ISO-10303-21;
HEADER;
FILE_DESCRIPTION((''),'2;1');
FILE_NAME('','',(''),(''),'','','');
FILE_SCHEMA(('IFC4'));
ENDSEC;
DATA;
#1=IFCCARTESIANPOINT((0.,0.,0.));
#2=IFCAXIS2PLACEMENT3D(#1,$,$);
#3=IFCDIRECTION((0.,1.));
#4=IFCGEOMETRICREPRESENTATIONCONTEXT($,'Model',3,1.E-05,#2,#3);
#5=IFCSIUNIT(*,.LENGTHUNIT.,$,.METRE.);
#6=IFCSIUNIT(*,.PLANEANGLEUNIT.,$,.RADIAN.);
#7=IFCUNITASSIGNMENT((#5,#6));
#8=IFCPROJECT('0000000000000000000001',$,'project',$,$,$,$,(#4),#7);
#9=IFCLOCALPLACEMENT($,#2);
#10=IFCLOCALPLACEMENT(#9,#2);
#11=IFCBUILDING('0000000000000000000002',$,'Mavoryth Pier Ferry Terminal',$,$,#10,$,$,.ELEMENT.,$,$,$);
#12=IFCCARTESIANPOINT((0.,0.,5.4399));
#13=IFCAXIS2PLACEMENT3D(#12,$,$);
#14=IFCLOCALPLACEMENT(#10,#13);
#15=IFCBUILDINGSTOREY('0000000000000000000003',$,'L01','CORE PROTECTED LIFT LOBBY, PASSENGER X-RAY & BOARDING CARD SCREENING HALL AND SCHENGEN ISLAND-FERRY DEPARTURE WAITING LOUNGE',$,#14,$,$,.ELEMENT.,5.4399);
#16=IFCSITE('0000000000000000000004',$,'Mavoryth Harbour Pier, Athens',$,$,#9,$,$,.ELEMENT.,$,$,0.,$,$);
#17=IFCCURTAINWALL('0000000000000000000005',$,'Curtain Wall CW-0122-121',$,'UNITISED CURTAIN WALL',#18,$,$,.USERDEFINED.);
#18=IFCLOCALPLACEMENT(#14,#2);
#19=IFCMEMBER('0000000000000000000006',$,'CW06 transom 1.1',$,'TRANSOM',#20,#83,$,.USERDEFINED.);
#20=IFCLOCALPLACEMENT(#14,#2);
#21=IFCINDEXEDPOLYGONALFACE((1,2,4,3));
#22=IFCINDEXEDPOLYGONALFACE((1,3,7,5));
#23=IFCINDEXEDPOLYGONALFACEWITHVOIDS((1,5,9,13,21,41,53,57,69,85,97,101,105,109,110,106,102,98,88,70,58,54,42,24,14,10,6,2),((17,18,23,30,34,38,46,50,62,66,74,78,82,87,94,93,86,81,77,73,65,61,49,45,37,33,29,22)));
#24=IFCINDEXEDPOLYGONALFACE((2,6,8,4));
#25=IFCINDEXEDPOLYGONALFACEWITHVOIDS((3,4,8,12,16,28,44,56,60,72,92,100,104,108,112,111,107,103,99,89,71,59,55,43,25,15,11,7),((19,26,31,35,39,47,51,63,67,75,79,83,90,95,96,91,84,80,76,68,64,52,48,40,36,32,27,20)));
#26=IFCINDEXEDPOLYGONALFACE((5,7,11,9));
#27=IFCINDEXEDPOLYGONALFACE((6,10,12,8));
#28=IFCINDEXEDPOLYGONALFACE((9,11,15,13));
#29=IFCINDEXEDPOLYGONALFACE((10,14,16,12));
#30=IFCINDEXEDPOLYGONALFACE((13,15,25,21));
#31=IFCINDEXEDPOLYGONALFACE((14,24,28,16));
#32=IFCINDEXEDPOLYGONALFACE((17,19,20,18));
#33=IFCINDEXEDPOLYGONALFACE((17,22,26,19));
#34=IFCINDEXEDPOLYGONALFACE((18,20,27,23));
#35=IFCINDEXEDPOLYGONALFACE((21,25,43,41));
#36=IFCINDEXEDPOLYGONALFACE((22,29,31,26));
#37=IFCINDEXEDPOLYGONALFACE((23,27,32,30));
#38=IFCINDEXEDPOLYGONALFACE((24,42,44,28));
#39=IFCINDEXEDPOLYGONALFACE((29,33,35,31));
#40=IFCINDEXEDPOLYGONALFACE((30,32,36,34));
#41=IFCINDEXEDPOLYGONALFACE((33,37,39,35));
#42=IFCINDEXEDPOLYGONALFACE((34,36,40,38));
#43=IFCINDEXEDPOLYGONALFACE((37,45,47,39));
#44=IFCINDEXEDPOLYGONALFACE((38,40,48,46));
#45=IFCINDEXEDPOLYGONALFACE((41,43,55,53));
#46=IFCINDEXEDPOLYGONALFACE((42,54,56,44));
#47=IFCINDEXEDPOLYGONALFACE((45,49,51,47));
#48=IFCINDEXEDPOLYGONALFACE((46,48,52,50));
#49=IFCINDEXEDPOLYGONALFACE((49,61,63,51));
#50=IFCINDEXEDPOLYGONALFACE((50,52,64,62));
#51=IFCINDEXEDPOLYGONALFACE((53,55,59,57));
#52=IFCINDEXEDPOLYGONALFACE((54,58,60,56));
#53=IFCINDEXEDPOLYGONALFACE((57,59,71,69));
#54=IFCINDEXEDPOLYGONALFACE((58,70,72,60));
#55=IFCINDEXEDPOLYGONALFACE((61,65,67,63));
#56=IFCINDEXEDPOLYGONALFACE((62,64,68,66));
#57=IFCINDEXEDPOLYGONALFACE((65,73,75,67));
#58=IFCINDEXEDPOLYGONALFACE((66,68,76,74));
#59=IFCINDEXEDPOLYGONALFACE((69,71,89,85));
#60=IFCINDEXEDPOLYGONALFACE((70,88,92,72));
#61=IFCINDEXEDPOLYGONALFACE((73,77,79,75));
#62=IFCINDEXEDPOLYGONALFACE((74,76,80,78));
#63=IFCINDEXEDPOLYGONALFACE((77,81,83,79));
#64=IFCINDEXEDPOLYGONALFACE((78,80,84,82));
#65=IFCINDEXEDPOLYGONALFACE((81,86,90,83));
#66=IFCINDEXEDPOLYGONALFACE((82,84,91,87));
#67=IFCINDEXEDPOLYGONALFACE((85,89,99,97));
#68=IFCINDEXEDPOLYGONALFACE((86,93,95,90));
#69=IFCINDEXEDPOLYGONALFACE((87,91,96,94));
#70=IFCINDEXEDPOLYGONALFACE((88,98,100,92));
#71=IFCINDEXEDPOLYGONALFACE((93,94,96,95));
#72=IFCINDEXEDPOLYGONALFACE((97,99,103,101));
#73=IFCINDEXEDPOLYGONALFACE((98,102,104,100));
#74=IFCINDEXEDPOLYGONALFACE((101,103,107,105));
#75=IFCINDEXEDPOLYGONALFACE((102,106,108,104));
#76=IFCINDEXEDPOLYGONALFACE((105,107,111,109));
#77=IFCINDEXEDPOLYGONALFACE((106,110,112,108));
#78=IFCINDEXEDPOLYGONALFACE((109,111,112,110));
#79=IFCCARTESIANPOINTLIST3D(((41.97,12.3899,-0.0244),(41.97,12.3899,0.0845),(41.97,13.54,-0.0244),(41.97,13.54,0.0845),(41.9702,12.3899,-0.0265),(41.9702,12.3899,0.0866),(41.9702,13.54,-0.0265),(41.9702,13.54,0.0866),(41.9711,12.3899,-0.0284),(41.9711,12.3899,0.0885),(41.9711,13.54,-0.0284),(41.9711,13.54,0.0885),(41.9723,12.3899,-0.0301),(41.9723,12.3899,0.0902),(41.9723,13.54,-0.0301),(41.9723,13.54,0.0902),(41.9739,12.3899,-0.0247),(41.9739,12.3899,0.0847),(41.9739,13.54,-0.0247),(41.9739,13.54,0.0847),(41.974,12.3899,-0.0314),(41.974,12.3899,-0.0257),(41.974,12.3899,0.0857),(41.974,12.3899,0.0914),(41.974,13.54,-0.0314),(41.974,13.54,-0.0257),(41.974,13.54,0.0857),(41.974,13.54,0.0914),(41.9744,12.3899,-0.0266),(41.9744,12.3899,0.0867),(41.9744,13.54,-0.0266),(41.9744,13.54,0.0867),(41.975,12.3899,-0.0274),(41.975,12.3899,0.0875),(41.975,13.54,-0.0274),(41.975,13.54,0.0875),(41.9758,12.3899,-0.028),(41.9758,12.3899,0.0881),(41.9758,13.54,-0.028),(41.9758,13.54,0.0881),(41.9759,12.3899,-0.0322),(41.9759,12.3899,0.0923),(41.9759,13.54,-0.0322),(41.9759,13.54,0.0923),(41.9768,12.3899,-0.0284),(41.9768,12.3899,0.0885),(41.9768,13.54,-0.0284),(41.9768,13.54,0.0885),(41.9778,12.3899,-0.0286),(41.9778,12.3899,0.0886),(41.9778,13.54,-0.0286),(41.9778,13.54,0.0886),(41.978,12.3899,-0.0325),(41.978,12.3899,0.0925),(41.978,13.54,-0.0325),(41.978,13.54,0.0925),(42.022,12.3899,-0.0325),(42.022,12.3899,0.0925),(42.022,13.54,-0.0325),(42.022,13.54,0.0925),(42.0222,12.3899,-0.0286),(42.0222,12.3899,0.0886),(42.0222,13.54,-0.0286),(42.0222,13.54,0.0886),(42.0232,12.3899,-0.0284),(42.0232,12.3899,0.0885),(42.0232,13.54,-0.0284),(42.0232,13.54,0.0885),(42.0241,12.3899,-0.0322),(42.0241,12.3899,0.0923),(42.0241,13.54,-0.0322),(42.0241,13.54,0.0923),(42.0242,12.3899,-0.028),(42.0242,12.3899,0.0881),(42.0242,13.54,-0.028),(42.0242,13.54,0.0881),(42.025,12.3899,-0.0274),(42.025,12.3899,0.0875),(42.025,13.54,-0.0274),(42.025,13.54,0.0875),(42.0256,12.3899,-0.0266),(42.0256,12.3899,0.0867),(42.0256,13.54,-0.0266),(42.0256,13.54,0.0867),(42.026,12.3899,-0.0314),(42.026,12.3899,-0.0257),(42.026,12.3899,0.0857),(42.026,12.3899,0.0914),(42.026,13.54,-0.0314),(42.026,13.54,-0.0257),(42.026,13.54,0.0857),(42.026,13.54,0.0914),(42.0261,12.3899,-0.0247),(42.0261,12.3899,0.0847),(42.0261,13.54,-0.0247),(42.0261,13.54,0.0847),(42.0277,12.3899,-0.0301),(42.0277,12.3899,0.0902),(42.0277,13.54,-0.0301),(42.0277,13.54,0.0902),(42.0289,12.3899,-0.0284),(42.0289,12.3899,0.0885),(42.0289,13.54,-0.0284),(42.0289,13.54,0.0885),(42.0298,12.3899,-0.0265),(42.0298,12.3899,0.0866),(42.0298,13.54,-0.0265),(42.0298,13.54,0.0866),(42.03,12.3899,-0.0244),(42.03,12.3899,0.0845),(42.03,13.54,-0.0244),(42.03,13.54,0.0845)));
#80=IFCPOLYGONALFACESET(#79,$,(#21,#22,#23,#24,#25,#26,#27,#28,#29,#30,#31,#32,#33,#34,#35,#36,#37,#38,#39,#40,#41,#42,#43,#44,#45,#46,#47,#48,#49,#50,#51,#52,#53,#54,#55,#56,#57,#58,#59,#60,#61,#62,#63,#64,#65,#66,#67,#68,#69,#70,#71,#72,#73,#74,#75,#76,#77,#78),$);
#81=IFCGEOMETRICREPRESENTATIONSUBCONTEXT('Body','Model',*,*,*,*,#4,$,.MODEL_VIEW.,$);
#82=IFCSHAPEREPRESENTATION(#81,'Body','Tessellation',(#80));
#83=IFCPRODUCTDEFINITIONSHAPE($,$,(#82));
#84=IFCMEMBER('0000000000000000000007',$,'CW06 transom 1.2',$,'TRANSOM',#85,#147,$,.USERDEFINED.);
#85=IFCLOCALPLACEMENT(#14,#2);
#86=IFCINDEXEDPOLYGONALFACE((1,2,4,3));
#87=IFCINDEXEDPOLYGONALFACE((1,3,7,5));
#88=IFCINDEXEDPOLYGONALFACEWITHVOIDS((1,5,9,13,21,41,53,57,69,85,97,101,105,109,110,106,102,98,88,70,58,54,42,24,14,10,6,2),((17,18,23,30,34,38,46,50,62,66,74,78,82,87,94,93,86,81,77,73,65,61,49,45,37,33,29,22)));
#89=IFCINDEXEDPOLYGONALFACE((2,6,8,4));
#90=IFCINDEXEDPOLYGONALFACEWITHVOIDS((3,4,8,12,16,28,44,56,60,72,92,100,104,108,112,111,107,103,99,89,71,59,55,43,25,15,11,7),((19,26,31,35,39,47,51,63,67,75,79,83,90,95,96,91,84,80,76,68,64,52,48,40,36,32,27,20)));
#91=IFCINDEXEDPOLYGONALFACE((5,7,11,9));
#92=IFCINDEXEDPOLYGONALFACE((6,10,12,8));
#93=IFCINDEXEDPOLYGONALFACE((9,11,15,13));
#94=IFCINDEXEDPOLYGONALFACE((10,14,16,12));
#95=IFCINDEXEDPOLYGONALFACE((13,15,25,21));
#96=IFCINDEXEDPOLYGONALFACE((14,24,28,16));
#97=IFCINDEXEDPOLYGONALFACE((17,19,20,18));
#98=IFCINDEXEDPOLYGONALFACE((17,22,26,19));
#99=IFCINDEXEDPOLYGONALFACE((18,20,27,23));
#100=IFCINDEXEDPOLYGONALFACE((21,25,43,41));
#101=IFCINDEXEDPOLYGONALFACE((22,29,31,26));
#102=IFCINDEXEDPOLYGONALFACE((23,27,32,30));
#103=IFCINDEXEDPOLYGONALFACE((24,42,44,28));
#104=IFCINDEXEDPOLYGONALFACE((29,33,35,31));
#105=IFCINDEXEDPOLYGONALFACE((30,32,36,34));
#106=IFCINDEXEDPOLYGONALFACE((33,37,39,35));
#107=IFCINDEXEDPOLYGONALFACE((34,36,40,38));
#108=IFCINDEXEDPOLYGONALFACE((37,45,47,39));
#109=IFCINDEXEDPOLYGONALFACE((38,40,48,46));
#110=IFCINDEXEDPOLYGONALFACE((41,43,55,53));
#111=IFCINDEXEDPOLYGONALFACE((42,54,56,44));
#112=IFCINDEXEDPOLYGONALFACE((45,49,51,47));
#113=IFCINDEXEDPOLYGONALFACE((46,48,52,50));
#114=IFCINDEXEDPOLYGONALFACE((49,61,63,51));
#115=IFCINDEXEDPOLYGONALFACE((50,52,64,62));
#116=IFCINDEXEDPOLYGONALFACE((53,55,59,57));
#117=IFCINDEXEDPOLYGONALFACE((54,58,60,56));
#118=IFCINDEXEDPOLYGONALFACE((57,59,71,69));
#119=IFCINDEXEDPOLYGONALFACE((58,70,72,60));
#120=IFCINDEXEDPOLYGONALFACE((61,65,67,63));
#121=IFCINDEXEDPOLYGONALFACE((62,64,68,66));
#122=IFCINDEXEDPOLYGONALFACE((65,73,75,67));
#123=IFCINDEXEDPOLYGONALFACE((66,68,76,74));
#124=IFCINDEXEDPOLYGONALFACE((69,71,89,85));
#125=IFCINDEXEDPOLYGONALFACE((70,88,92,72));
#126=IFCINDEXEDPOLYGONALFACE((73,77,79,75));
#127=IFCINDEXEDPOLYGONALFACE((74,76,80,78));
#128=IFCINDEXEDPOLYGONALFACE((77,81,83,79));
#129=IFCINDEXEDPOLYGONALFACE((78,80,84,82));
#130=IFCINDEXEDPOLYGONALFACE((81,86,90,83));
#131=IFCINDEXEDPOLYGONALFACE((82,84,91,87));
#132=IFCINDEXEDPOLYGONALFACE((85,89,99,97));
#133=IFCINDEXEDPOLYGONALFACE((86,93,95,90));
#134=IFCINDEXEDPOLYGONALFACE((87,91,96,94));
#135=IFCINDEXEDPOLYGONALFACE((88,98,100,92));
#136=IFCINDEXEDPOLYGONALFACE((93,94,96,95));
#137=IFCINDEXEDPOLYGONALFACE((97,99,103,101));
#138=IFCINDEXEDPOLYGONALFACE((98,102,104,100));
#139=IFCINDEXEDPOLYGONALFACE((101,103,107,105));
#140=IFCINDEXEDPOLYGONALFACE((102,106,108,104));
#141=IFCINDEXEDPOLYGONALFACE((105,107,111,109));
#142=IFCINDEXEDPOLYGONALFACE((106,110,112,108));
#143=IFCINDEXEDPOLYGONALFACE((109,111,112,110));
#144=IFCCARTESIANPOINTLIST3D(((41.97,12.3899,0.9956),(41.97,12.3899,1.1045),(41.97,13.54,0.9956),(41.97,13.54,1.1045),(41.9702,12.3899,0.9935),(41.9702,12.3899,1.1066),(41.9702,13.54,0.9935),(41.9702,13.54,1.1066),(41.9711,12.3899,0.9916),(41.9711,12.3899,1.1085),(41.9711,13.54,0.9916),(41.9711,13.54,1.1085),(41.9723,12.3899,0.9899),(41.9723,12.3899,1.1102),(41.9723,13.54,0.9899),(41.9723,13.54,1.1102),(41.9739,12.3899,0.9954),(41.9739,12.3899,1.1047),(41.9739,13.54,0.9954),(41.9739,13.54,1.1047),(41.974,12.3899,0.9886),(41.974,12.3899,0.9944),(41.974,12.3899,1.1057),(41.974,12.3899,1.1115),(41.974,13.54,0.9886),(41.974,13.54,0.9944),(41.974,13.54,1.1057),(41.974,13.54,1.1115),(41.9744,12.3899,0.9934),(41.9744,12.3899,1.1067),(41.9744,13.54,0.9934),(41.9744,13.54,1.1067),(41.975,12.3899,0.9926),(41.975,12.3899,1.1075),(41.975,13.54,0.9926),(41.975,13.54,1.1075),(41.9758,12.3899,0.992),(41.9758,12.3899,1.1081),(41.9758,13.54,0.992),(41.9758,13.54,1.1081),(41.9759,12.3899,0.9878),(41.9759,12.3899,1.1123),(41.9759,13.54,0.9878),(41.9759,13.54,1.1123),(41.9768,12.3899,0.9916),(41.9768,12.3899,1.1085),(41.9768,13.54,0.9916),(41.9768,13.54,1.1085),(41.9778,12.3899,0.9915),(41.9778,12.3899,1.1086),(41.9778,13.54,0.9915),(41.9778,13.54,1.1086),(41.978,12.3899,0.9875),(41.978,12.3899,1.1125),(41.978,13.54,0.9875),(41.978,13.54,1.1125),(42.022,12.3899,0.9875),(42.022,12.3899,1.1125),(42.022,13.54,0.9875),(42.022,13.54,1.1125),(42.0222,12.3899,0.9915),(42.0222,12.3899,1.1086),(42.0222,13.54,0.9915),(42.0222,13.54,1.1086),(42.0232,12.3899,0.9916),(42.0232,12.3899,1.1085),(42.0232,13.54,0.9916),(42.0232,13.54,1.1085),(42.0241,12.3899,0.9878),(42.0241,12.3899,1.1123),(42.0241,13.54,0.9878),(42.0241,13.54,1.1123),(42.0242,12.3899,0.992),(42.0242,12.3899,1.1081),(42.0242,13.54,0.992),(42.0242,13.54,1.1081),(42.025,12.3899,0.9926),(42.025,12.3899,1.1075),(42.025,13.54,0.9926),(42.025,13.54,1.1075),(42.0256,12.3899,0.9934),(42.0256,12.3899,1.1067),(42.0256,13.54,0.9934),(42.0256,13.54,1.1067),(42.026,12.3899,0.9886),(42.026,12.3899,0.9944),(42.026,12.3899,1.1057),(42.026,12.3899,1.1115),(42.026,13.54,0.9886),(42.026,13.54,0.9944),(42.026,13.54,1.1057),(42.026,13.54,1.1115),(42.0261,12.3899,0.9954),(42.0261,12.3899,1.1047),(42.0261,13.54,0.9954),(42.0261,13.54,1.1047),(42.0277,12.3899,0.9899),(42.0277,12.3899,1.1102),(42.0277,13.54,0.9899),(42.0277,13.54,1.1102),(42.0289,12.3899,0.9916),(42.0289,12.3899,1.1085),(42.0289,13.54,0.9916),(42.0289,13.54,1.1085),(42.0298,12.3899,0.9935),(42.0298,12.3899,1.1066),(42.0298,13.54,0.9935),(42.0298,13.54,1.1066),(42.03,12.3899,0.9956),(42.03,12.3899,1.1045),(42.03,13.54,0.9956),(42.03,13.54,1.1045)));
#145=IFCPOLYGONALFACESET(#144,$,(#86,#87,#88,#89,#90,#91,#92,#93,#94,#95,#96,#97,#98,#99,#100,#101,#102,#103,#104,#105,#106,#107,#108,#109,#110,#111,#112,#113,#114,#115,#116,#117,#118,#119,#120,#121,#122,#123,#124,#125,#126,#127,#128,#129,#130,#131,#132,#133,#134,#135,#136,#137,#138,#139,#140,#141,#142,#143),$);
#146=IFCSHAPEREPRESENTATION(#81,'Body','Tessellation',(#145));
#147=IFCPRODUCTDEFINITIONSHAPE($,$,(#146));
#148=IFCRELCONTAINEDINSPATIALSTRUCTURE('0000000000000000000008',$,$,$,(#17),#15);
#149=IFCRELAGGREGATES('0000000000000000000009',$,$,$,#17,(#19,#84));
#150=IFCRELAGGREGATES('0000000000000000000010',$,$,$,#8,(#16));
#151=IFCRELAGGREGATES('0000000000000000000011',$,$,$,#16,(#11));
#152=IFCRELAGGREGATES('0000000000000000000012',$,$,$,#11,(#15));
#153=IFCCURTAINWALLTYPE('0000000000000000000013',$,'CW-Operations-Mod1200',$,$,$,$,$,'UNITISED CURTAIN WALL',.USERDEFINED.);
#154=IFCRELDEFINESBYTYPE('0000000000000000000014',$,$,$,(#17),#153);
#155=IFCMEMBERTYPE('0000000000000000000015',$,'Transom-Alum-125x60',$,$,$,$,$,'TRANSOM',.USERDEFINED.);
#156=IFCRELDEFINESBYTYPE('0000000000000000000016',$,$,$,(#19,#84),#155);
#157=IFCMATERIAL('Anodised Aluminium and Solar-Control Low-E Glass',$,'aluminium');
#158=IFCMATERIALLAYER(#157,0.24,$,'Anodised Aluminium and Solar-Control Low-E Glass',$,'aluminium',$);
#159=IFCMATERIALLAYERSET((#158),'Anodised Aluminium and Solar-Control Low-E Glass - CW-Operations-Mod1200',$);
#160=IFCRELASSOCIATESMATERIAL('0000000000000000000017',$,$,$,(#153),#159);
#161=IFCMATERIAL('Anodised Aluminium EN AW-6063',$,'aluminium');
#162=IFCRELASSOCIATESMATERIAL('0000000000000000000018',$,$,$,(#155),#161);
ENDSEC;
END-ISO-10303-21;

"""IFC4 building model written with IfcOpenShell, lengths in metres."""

from ifc_helpers import new_model, si_unit, direction, frame, origin, origin_2d, place, context, subcontext, project, spatial, hollow_rectangle, extrude, material, layer, layer_set, material_profile, profile_set, type_object, element, aggregate, save


model = new_model("IFC4")

# Units and contexts
model_context = context("Model", 3, precision=1e-05, world=origin(), true_north=direction((0.0, 1.0)))
body_context = subcontext(model_context, "Body", "Model", "MODEL_VIEW")
ifc_project = project(units=[si_unit("LENGTHUNIT", "METRE"), si_unit("PLANEANGLEUNIT", "RADIAN")], contexts=[model_context])

# Site, building, storey
site_placement = place(None, origin())
site = spatial("IfcSite", under=ifc_project, at=site_placement, Name="Mavoryth Harbour Pier, Athens", CompositionType="ELEMENT", RefElevation=0.0)
building_placement = place(site_placement, origin())
building = spatial("IfcBuilding", under=site, at=building_placement, Name="Mavoryth Pier Ferry Terminal", CompositionType="ELEMENT")
storey_placement = place(building_placement, frame((0.0, 0.0, 5.4399)))
storey = spatial("IfcBuildingStorey", under=building, at=storey_placement, Name="L01", Description="CORE PROTECTED LIFT LOBBY, PASSENGER X-RAY & BOARDING CARD SCREENING HALL AND SCHENGEN ISLAND-FERRY DEPARTURE WAITING LOUNGE", CompositionType="ELEMENT", Elevation=5.4399)

# Curtain wall
ifc_material_1 = material(Name="Anodised Aluminium and Solar-Control Low-E Glass", Category="aluminium")
ifc_layer_1 = layer(ifc_material_1, 0.24, Name="Anodised Aluminium and Solar-Control Low-E Glass", Category="aluminium")
ifc_layer_set_1 = layer_set([ifc_layer_1], Name="Anodised Aluminium and Solar-Control Low-E Glass - CW-Operations-Mod1200")
curtain_wall_type_1 = type_object("IfcCurtainWallType", Name="CW-Operations-Mod1200", ElementType="UNITISED CURTAIN WALL", PredefinedType="USERDEFINED", material=ifc_layer_set_1)
curtain_wall_1_placement = place(storey_placement, origin())
curtain_wall_1 = element("IfcCurtainWall", 1, at=curtain_wall_1_placement, inside=storey, type_object=curtain_wall_type_1, Name="Curtain Wall CW-0122-121", ObjectType="UNITISED CURTAIN WALL", PredefinedType="USERDEFINED")
ifc_material_2 = material(Name="Anodised Aluminium EN AW-6063", Category="aluminium")

# Members
ifc_material_profile_1 = material_profile(ifc_material_2, hollow_rectangle(XDim=0.0601, YDim=0.125, WallThickness=0.0039, InnerFilletRadius=0.0039, OuterFilletRadius=0.0081, at=origin_2d()), Name="AL-TRAN 125x60x4", Category="aluminium")
ifc_profile_set_1 = profile_set([ifc_material_profile_1], Name="Anodised Aluminium EN AW-6063 - AL-TRAN 125x60x4")
member_type_1 = type_object("IfcMemberType", Name="Transom-Alum-125x60", ElementType="TRANSOM", PredefinedType="USERDEFINED", material=ifc_profile_set_1)
member_1_placement = place(storey_placement, frame((42.0, 13.54, 0.03), z_axis=(0.0, -1.0, 0.0), x_axis=(1.0, 0.0, 0.0)))
member_1 = element("IfcMember", 2, at=member_1_placement, type_object=member_type_1, Name="CW06 transom 1.1", ObjectType="TRANSOM", PredefinedType="USERDEFINED", context=body_context, shape_type="SweptSolid", body=[
    extrude(hollow_rectangle(XDim=0.0601, YDim=0.125, WallThickness=0.0039, InnerFilletRadius=0.0039, OuterFilletRadius=0.0081, at=origin_2d()), origin(), (0.0, 0.0, 1.0), 1.1501),
])
member_2_placement = place(storey_placement, frame((42.0, 13.54, 1.05), z_axis=(0.0, -1.0, 0.0), x_axis=(1.0, 0.0, 0.0)))
member_2 = element("IfcMember", 3, at=member_2_placement, type_object=member_type_1, Name="CW06 transom 1.2", ObjectType="TRANSOM", PredefinedType="USERDEFINED", context=body_context, shape_type="SweptSolid", body=[
    extrude(hollow_rectangle(XDim=0.0601, YDim=0.125, WallThickness=0.0039, InnerFilletRadius=0.0039, OuterFilletRadius=0.0081, at=origin_2d()), origin(), (0.0, 0.0, 1.0), 1.1501),
])

aggregate(curtain_wall_1, [member_1, member_2])

save(model, "model.ifc")
